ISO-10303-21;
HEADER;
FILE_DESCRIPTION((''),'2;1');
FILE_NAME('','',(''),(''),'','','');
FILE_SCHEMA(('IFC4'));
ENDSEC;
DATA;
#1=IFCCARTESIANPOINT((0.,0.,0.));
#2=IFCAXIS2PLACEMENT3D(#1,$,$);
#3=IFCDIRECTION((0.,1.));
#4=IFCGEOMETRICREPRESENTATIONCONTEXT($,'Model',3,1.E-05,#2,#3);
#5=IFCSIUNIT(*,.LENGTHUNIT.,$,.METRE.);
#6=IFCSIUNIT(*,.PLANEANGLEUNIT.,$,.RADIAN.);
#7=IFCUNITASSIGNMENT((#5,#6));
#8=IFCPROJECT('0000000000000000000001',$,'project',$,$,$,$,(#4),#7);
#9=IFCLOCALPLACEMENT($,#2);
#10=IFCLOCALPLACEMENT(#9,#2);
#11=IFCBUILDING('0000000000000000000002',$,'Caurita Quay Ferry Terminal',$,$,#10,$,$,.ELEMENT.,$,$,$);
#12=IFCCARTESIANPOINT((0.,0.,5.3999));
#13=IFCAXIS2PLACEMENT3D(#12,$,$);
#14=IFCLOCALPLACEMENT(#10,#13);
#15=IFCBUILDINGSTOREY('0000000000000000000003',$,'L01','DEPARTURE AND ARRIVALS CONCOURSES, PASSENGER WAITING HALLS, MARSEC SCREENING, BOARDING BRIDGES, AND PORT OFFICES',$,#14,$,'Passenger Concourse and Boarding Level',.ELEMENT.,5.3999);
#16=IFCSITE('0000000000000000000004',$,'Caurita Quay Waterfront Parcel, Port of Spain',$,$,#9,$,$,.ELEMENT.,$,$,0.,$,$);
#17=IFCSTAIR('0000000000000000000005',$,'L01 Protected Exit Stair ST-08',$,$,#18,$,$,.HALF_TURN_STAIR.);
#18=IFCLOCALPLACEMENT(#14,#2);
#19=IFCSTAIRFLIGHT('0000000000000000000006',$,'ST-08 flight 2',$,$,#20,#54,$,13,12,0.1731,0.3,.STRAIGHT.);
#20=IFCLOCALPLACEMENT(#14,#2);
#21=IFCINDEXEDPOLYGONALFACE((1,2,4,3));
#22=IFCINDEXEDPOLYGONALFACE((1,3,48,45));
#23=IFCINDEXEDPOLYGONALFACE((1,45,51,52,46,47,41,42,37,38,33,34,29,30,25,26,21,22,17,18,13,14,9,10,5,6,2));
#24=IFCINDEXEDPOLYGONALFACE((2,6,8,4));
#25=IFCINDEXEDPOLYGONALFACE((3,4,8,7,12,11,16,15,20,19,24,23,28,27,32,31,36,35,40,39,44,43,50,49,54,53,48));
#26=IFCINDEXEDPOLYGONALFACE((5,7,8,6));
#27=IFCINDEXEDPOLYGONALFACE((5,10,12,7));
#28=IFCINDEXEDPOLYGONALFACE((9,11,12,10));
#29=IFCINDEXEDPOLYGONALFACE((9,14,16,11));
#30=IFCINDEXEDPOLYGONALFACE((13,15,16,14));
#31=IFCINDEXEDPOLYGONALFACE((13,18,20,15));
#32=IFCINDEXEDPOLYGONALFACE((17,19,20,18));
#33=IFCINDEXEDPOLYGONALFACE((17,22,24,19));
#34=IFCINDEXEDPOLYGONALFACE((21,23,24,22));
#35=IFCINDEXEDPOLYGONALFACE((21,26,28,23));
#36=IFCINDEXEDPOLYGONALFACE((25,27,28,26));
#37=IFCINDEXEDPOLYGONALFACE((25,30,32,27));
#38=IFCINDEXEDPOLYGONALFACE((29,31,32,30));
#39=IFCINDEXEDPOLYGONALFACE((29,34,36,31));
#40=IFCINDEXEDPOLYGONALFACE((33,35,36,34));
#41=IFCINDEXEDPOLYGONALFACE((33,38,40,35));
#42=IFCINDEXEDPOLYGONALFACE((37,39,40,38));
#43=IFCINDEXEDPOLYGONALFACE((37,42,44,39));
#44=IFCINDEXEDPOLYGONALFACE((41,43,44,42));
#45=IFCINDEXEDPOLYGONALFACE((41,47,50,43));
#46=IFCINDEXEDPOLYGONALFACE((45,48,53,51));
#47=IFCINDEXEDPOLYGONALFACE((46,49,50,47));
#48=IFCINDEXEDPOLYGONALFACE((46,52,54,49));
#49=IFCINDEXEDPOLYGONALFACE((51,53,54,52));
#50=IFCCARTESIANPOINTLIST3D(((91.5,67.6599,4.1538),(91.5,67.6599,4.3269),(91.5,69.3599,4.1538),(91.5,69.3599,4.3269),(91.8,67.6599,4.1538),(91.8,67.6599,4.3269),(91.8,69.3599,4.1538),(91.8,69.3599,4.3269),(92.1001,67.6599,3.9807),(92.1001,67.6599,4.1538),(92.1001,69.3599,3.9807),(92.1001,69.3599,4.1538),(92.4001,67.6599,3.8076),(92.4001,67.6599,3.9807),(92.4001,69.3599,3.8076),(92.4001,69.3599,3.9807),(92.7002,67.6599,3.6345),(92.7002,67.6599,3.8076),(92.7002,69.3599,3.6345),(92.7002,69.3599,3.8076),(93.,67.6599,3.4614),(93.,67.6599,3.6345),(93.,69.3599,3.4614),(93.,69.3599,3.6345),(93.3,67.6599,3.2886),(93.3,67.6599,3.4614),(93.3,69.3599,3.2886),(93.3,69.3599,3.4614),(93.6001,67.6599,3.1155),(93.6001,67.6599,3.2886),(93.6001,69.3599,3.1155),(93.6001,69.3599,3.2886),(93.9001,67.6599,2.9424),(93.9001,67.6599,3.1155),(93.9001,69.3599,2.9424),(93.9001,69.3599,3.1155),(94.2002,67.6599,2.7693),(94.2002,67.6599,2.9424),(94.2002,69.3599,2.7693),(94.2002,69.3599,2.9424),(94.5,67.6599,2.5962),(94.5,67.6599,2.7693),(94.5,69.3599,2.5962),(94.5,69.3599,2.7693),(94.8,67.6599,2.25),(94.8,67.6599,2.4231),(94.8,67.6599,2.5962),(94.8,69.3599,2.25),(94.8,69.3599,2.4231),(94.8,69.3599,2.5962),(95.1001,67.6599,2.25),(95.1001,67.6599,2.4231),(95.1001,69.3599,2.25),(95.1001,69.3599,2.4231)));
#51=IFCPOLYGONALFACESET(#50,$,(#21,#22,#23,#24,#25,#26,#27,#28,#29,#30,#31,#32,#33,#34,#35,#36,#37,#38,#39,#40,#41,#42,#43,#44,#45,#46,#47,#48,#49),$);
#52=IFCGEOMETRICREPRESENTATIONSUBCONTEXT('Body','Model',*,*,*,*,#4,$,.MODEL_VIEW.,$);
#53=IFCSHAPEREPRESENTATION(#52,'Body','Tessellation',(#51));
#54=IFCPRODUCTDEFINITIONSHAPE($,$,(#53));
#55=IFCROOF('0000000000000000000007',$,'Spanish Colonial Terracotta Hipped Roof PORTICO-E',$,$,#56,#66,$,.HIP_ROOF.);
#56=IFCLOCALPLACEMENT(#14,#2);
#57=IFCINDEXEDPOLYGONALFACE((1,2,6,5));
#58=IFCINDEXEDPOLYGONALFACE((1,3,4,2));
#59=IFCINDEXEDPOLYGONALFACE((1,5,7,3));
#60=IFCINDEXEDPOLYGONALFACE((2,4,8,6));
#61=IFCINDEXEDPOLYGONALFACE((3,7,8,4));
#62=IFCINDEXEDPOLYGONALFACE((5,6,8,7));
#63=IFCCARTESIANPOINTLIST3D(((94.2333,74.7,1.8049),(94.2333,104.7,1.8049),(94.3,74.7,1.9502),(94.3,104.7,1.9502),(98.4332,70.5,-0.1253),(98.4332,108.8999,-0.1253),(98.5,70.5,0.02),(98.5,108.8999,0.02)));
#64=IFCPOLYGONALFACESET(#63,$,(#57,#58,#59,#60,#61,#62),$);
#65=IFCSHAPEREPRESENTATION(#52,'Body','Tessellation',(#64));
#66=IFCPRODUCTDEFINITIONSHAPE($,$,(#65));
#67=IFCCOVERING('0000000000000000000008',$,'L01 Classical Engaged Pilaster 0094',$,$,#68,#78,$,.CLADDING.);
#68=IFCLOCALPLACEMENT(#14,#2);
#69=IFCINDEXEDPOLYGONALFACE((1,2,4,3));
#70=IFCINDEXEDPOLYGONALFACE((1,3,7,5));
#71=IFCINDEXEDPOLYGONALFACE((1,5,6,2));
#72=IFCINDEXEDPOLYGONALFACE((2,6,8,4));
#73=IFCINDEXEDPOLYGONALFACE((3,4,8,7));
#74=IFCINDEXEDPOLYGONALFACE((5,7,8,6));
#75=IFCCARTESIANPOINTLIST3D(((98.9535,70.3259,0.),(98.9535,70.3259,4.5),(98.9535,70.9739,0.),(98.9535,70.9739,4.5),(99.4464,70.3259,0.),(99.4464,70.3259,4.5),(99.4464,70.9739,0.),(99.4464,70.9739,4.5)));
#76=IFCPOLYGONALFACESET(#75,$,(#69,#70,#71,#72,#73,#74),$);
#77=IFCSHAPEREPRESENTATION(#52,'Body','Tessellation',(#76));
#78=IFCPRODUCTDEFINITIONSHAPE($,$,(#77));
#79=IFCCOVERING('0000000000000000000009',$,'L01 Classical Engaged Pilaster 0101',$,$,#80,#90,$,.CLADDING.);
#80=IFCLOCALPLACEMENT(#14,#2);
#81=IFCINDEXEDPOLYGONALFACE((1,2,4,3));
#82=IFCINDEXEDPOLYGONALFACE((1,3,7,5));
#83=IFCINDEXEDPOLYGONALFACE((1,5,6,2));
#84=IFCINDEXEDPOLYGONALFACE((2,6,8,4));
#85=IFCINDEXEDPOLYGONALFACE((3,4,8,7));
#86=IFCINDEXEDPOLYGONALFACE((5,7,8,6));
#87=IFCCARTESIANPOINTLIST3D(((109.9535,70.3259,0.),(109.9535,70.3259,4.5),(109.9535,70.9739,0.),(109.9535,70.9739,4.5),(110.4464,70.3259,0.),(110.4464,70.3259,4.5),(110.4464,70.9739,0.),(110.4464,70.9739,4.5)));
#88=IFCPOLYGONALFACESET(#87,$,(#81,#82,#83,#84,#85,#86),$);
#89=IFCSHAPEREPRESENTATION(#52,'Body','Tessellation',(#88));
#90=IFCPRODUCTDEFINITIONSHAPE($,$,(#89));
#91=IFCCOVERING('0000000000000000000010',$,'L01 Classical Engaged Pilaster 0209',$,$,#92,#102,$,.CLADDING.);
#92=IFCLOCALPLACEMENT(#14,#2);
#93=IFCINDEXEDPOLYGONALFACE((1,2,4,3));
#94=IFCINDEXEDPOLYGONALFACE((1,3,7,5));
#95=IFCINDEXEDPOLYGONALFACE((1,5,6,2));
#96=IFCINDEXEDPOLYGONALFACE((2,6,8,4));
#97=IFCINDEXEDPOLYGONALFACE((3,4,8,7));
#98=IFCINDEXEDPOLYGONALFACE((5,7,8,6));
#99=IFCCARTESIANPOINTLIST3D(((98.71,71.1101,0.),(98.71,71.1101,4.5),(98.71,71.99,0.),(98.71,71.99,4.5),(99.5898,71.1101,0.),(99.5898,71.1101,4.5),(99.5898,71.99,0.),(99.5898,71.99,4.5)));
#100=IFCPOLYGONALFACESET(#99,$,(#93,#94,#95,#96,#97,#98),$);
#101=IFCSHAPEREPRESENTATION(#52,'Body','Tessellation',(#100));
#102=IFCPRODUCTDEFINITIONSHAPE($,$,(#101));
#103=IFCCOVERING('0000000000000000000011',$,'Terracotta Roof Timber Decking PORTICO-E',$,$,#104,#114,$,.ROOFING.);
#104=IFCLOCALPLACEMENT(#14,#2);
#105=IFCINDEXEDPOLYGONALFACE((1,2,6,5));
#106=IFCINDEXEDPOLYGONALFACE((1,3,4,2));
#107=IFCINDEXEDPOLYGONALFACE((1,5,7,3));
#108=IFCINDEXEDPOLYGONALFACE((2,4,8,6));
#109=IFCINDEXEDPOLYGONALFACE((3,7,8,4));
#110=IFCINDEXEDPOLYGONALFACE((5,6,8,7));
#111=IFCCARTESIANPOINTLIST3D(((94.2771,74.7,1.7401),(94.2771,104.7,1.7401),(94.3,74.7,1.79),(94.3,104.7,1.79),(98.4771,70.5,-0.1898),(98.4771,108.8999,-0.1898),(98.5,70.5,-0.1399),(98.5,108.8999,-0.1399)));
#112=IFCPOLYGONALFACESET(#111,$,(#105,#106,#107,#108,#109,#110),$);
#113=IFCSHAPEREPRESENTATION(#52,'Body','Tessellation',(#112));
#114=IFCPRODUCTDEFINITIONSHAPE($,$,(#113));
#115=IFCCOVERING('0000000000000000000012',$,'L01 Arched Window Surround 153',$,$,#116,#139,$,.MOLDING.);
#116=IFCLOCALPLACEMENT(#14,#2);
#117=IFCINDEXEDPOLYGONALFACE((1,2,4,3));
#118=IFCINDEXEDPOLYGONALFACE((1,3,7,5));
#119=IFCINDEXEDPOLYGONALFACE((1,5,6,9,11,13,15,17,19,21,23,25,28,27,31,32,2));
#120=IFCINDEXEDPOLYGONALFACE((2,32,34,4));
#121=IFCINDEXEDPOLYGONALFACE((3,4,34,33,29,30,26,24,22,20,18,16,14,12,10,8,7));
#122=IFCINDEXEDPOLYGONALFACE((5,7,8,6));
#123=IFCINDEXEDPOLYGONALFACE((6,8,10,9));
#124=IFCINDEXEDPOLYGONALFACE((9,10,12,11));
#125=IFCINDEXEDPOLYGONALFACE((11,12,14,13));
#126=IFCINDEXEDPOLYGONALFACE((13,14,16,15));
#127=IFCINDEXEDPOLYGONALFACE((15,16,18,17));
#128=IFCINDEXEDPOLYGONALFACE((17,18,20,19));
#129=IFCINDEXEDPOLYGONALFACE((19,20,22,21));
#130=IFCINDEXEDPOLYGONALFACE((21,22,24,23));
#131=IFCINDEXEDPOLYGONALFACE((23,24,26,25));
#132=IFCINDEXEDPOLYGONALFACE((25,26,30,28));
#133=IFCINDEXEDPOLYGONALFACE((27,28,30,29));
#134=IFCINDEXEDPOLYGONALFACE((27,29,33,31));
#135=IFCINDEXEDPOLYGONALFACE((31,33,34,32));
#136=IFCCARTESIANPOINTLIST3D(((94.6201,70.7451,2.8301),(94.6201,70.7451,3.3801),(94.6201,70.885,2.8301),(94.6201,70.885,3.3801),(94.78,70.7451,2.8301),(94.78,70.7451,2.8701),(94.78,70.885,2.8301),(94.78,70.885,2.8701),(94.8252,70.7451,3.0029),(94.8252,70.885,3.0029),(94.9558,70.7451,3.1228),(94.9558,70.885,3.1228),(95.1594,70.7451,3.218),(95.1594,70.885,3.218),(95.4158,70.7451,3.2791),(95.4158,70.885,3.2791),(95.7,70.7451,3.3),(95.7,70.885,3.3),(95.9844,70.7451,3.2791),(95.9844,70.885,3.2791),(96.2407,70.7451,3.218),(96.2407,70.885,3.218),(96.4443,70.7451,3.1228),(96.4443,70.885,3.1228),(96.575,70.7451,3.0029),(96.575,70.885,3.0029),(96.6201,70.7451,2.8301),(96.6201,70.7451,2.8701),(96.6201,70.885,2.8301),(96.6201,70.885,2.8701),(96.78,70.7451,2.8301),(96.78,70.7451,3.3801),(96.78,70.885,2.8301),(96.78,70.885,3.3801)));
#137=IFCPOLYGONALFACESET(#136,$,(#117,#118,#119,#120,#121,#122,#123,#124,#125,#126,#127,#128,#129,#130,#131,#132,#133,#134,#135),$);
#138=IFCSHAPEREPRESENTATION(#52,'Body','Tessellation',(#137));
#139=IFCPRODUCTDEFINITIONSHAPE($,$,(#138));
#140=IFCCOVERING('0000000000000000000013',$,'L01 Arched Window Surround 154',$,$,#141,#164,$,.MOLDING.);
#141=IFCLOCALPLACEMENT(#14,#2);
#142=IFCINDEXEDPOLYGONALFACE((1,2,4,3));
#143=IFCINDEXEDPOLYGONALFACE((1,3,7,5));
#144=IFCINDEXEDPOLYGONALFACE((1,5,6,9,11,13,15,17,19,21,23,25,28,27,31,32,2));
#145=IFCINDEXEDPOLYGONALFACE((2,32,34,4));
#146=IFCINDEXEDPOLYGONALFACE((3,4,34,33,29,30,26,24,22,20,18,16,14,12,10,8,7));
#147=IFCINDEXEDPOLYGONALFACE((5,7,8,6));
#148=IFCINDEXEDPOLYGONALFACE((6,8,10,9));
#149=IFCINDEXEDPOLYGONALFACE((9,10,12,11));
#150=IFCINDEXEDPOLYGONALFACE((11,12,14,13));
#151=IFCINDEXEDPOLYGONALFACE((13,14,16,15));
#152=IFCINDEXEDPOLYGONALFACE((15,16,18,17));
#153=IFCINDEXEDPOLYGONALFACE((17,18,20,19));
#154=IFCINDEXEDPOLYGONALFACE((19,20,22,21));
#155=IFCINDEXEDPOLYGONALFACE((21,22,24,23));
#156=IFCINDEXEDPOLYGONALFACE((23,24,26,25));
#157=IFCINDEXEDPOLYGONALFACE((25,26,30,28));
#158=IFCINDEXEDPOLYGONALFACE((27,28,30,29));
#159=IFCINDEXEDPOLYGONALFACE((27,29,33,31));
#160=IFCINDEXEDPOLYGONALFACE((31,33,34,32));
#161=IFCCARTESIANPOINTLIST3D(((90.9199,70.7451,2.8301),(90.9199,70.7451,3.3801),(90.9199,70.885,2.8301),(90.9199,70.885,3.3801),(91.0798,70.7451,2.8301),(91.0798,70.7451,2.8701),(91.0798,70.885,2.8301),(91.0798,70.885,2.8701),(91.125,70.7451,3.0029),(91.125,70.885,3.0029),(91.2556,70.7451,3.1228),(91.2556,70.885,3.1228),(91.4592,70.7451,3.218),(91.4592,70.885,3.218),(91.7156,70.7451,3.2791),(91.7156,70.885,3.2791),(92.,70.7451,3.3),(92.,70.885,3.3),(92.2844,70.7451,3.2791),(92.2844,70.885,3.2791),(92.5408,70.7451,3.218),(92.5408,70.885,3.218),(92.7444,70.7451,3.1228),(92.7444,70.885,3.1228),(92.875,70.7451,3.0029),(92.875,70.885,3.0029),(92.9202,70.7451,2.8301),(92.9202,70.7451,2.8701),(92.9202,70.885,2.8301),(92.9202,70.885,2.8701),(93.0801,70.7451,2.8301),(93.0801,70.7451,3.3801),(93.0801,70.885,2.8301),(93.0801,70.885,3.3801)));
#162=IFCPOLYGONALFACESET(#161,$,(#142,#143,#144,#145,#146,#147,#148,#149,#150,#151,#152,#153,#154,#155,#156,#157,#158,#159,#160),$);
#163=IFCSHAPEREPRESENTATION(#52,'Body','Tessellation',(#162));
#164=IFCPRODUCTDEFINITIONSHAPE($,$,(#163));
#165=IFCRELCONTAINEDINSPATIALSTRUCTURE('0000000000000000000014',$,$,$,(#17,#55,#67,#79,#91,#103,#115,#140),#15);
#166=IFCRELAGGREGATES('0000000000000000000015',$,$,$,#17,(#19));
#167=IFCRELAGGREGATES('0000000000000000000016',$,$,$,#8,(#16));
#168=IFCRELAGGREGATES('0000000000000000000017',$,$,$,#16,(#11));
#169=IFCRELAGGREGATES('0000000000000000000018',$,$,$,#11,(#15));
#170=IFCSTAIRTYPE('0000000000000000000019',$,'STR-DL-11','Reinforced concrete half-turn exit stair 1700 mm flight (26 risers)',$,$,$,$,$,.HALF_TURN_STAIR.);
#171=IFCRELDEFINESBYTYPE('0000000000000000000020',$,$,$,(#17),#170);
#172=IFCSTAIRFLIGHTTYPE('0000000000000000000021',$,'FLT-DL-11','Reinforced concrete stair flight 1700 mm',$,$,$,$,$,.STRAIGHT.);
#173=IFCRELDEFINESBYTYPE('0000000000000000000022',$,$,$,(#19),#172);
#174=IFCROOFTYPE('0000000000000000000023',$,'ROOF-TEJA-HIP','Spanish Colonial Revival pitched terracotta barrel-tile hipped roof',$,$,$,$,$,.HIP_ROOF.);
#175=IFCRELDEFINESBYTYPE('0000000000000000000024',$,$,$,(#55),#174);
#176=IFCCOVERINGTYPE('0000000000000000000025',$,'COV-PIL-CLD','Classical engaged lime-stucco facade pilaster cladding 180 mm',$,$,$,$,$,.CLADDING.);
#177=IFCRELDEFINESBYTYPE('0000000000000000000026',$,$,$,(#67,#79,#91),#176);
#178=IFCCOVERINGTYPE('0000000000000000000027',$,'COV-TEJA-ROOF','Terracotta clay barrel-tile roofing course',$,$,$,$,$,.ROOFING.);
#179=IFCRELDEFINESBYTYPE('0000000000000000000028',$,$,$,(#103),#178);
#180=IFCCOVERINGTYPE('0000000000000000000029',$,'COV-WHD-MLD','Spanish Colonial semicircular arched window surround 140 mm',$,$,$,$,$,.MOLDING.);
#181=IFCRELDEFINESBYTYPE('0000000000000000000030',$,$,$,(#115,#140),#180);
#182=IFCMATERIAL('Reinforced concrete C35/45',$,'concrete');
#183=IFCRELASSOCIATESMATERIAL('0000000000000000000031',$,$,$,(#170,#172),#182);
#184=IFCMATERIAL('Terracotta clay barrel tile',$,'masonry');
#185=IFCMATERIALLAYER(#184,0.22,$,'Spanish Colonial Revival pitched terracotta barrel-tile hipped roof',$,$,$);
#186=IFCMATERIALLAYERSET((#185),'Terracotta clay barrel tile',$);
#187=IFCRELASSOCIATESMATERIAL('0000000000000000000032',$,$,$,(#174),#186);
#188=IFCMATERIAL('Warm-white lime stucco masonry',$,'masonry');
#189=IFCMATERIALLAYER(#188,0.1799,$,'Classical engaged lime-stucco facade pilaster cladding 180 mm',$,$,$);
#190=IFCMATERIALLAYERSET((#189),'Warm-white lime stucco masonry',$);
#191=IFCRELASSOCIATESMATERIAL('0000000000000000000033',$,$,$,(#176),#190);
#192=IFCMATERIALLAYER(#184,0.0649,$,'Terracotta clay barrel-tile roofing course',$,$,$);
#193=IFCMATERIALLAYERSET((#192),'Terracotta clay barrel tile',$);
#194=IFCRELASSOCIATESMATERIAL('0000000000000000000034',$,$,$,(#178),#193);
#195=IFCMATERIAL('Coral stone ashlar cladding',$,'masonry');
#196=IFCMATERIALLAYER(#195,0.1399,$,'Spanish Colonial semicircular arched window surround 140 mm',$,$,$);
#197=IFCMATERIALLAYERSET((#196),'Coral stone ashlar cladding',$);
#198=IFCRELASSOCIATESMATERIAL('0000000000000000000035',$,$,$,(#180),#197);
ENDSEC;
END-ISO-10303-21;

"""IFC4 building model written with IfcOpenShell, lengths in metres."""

from ifc_helpers import new_model, si_unit, direction, frame, origin, origin_2d, place, context, subcontext, project, spatial, polyline, rectangle, outline, extrude, material, layer, layer_set, type_object, element, aggregate, save


model = new_model("IFC4")

# Units and contexts
model_context = context("Model", 3, precision=1e-05, world=origin(), true_north=direction((0.0, 1.0)))
body_context = subcontext(model_context, "Body", "Model", "MODEL_VIEW")
ifc_project = project(units=[si_unit("LENGTHUNIT", "METRE"), si_unit("PLANEANGLEUNIT", "RADIAN")], contexts=[model_context])

# Site, building, storey
site_placement = place(None, origin())
site = spatial("IfcSite", under=ifc_project, at=site_placement, Name="Caurita Quay Waterfront Parcel, Port of Spain", CompositionType="ELEMENT", RefElevation=0.0)
building_placement = place(site_placement, origin())
building = spatial("IfcBuilding", under=site, at=building_placement, Name="Caurita Quay Ferry Terminal", CompositionType="ELEMENT")
storey_placement = place(building_placement, frame((0.0, 0.0, 5.3999)))
storey = spatial("IfcBuildingStorey", under=building, at=storey_placement, Name="L01", Description="DEPARTURE AND ARRIVALS CONCOURSES, PASSENGER WAITING HALLS, MARSEC SCREENING, BOARDING BRIDGES, AND PORT OFFICES", LongName="Passenger Concourse and Boarding Level", CompositionType="ELEMENT", Elevation=5.3999)

# Shared definitions
ifc_material_1 = material(Name="Reinforced concrete C35/45", Category="concrete")

# Shared definitions
ifc_material_2 = material(Name="Warm-white lime stucco masonry", Category="masonry")

# Stair, stair flight
stair_type = type_object("IfcStairType", Name="STR-DL-11", Description="Reinforced concrete half-turn exit stair 1700 mm flight (26 risers)", PredefinedType="HALF_TURN_STAIR", material=ifc_material_1)
stair_placement = place(storey_placement, origin())
stair = element("IfcStair", 1, at=stair_placement, inside=storey, type_object=stair_type, Name="L01 Protected Exit Stair ST-08", PredefinedType="HALF_TURN_STAIR")
stair_flight_type = type_object("IfcStairFlightType", Name="FLT-DL-11", Description="Reinforced concrete stair flight 1700 mm", PredefinedType="STRAIGHT", material=ifc_material_1)
stair_flight_placement = place(storey_placement, frame((95.1001, 68.51, 2.25), z_axis=(0.0, 0.0, 1.0), x_axis=(-1.0, 0.0, 0.0)))
stair_flight = element("IfcStairFlight", 2, at=stair_flight_placement, type_object=stair_flight_type, Name="ST-08 flight 2", NumberOfRisers=13, NumberOfTreads=12, PredefinedType="STRAIGHT", RiserHeight=0.1731, TreadLength=0.3, context=body_context, shape_type="SweptSolid", body=[
    extrude(outline(polyline([(0.0, 0.0), (0.0, 0.1731), (0.3, 0.1731), (0.3, 0.3462), (0.6001, 0.3462), (0.6001, 0.5193), (0.8999, 0.5193), (0.8999, 0.6924), (1.2, 0.6924), (1.2, 0.8655), (1.5, 0.8655), (1.5, 1.0386), (1.8, 1.0386), (1.8, 1.2114), (2.1001, 1.2114), (2.1001, 1.3845), (2.3999, 1.3845), (2.3999, 1.5576), (2.7, 1.5576), (2.7, 1.7307), (3.0, 1.7307), (3.0, 1.9038), (3.3, 1.9038), (3.3, 2.0769), (3.6001, 2.0769), (3.6001, 2.25), (3.6001, 1.9038), (0.3, 0.0), (0.0, 0.0)])), frame((0.0, 0.8501, 0.0), z_axis=(0.0, -1.0, 0.0), x_axis=(1.0, 0.0, 0.0)), (0.0, 0.0, 1.0), 1.7),
])
aggregate(stair, [stair_flight])

# Roof
ifc_material_3 = material(Name="Terracotta clay barrel tile", Category="masonry")
ifc_layer_1 = layer(ifc_material_3, 0.22, Name="Spanish Colonial Revival pitched terracotta barrel-tile hipped roof")
ifc_layer_set_1 = layer_set([ifc_layer_1], Name="Terracotta clay barrel tile")
roof_type = type_object("IfcRoofType", Name="ROOF-TEJA-HIP", Description="Spanish Colonial Revival pitched terracotta barrel-tile hipped roof", PredefinedType="HIP_ROOF", material=ifc_layer_set_1)
roof_placement = place(storey_placement, frame((98.5, 70.5, 0.02), z_axis=(0.417584, 0.0, 0.908638), x_axis=(0.0, 1.0, 0.0)))
element("IfcRoof", 3, at=roof_placement, inside=storey, type_object=roof_type, Name="Spanish Colonial Terracotta Hipped Roof PORTICO-E", PredefinedType="HIP_ROOF", context=body_context, shape_type="SweptSolid", body=[
    extrude(outline(polyline([(0.0, 0.0), (38.3999, 0.0), (34.2, 4.6222), (4.2, 4.6222), (0.0, 0.0)])), origin(), (0.0, 0.0, -1.0), 0.1599),
])

# Coverings
ifc_layer_2 = layer(ifc_material_2, 0.1799, Name="Classical engaged lime-stucco facade pilaster cladding 180 mm")
ifc_layer_set_2 = layer_set([ifc_layer_2], Name="Warm-white lime stucco masonry")
covering_type_1 = type_object("IfcCoveringType", Name="COV-PIL-CLD", Description="Classical engaged lime-stucco facade pilaster cladding 180 mm", PredefinedType="CLADDING", material=ifc_layer_set_2)
for number, where, z_axis, x_axis, name in (
    (4, (99.2, 70.6499, 0.0), (0.0, 0.0, 1.0), (1.0, 0.0, 0.0), "L01 Classical Engaged Pilaster 0094"),
    (5, (110.2, 70.6499, 0.0), (0.0, 0.0, 1.0), (1.0, 0.0, 0.0), "L01 Classical Engaged Pilaster 0101"),
):
    element("IfcCovering", number, at=place(storey_placement, frame(where, z_axis=z_axis, x_axis=x_axis)), inside=storey, type_object=covering_type_1, Name=name, PredefinedType="CLADDING", context=body_context, shape_type="SweptSolid", body=[
        extrude(rectangle(XDim=0.4929, YDim=0.6479, at=origin_2d()), origin(), (0.0, 0.0, 1.0), 4.5),
    ])
covering_1_placement = place(storey_placement, frame((99.1499, 71.55, 0.0), z_axis=(0.0, 0.0, 1.0), x_axis=(1.0, 0.0, 0.0)))
element("IfcCovering", 6, at=covering_1_placement, inside=storey, type_object=covering_type_1, Name="L01 Classical Engaged Pilaster 0209", PredefinedType="CLADDING", context=body_context, shape_type="SweptSolid", body=[
    extrude(rectangle(XDim=0.8799, YDim=0.8799, at=origin_2d()), origin(), (0.0, 0.0, 1.0), 4.5),
])
ifc_layer_3 = layer(ifc_material_3, 0.0649, Name="Terracotta clay barrel-tile roofing course")
ifc_layer_set_3 = layer_set([ifc_layer_3], Name="Terracotta clay barrel tile")
covering_type_2 = type_object("IfcCoveringType", Name="COV-TEJA-ROOF", Description="Terracotta clay barrel-tile roofing course", PredefinedType="ROOFING", material=ifc_layer_set_3)
covering_2_placement = place(storey_placement, frame((98.5, 70.5, -0.1399), z_axis=(0.41754, 0.0, 0.908658), x_axis=(0.0, 1.0, 0.0)))
element("IfcCovering", 7, at=covering_2_placement, inside=storey, type_object=covering_type_2, Name="Terracotta Roof Timber Decking PORTICO-E", PredefinedType="ROOFING", context=body_context, shape_type="SweptSolid", body=[
    extrude(outline(polyline([(0.0, 0.0), (38.3999, 0.0), (34.2, 4.6221), (4.2, 4.6221), (0.0, 0.0)])), origin(), (0.0, 0.0, -1.0), 0.0549),
])
ifc_material_4 = material(Name="Coral stone ashlar cladding", Category="masonry")
ifc_layer_4 = layer(ifc_material_4, 0.1399, Name="Spanish Colonial semicircular arched window surround 140 mm")
ifc_layer_set_4 = layer_set([ifc_layer_4], Name="Coral stone ashlar cladding")
covering_type_3 = type_object("IfcCoveringType", Name="COV-WHD-MLD", Description="Spanish Colonial semicircular arched window surround 140 mm", PredefinedType="MOLDING", material=ifc_layer_set_4)
covering_3_placement = place(storey_placement, frame((96.78, 70.8149, 2.8301), z_axis=(0.0, 0.0, 1.0), x_axis=(-1.0, 0.0, 0.0)))
element("IfcCovering", 8, at=covering_3_placement, inside=storey, type_object=covering_type_3, Name="L01 Arched Window Surround 153", PredefinedType="MOLDING", context=body_context, shape_type="SweptSolid", body=[
    extrude(outline(polyline([(0.0, 0.0), (0.1599, 0.0), (0.1599, 0.04), (0.2051, 0.1729), (0.3357, 0.2927), (0.5393, 0.3879), (0.7957, 0.449), (1.0801, 0.47), (1.3643, 0.449), (1.6206, 0.3879), (1.8242, 0.2927), (1.9548, 0.1729), (2.0, 0.04), (2.0, 0.0), (2.1599, 0.0), (2.1599, 0.55), (0.0, 0.55), (0.0, 0.0)])), frame((0.0, 0.0698, 0.0), z_axis=(0.0, -1.0, 0.0), x_axis=(1.0, 0.0, 0.0)), (0.0, 0.0, 1.0), 0.1399),
])
covering_4_placement = place(storey_placement, frame((93.0801, 70.8149, 2.8301), z_axis=(0.0, 0.0, 1.0), x_axis=(-1.0, 0.0, 0.0)))
element("IfcCovering", 9, at=covering_4_placement, inside=storey, type_object=covering_type_3, Name="L01 Arched Window Surround 154", PredefinedType="MOLDING", context=body_context, shape_type="SweptSolid", body=[
    extrude(outline(polyline([(0.0, 0.0), (0.1599, 0.0), (0.1599, 0.04), (0.2051, 0.1729), (0.3357, 0.2927), (0.5393, 0.3879), (0.7957, 0.449), (1.0801, 0.47), (1.3645, 0.449), (1.6208, 0.3879), (1.8245, 0.2927), (1.9551, 0.1729), (2.0002, 0.04), (2.0002, 0.0), (2.1602, 0.0), (2.1602, 0.55), (0.0, 0.55), (0.0, 0.0)])), frame((0.0, 0.0698, 0.0), z_axis=(0.0, -1.0, 0.0), x_axis=(1.0, 0.0, 0.0)), (0.0, 0.0, 1.0), 0.1399),
])

save(model, "model.ifc")
